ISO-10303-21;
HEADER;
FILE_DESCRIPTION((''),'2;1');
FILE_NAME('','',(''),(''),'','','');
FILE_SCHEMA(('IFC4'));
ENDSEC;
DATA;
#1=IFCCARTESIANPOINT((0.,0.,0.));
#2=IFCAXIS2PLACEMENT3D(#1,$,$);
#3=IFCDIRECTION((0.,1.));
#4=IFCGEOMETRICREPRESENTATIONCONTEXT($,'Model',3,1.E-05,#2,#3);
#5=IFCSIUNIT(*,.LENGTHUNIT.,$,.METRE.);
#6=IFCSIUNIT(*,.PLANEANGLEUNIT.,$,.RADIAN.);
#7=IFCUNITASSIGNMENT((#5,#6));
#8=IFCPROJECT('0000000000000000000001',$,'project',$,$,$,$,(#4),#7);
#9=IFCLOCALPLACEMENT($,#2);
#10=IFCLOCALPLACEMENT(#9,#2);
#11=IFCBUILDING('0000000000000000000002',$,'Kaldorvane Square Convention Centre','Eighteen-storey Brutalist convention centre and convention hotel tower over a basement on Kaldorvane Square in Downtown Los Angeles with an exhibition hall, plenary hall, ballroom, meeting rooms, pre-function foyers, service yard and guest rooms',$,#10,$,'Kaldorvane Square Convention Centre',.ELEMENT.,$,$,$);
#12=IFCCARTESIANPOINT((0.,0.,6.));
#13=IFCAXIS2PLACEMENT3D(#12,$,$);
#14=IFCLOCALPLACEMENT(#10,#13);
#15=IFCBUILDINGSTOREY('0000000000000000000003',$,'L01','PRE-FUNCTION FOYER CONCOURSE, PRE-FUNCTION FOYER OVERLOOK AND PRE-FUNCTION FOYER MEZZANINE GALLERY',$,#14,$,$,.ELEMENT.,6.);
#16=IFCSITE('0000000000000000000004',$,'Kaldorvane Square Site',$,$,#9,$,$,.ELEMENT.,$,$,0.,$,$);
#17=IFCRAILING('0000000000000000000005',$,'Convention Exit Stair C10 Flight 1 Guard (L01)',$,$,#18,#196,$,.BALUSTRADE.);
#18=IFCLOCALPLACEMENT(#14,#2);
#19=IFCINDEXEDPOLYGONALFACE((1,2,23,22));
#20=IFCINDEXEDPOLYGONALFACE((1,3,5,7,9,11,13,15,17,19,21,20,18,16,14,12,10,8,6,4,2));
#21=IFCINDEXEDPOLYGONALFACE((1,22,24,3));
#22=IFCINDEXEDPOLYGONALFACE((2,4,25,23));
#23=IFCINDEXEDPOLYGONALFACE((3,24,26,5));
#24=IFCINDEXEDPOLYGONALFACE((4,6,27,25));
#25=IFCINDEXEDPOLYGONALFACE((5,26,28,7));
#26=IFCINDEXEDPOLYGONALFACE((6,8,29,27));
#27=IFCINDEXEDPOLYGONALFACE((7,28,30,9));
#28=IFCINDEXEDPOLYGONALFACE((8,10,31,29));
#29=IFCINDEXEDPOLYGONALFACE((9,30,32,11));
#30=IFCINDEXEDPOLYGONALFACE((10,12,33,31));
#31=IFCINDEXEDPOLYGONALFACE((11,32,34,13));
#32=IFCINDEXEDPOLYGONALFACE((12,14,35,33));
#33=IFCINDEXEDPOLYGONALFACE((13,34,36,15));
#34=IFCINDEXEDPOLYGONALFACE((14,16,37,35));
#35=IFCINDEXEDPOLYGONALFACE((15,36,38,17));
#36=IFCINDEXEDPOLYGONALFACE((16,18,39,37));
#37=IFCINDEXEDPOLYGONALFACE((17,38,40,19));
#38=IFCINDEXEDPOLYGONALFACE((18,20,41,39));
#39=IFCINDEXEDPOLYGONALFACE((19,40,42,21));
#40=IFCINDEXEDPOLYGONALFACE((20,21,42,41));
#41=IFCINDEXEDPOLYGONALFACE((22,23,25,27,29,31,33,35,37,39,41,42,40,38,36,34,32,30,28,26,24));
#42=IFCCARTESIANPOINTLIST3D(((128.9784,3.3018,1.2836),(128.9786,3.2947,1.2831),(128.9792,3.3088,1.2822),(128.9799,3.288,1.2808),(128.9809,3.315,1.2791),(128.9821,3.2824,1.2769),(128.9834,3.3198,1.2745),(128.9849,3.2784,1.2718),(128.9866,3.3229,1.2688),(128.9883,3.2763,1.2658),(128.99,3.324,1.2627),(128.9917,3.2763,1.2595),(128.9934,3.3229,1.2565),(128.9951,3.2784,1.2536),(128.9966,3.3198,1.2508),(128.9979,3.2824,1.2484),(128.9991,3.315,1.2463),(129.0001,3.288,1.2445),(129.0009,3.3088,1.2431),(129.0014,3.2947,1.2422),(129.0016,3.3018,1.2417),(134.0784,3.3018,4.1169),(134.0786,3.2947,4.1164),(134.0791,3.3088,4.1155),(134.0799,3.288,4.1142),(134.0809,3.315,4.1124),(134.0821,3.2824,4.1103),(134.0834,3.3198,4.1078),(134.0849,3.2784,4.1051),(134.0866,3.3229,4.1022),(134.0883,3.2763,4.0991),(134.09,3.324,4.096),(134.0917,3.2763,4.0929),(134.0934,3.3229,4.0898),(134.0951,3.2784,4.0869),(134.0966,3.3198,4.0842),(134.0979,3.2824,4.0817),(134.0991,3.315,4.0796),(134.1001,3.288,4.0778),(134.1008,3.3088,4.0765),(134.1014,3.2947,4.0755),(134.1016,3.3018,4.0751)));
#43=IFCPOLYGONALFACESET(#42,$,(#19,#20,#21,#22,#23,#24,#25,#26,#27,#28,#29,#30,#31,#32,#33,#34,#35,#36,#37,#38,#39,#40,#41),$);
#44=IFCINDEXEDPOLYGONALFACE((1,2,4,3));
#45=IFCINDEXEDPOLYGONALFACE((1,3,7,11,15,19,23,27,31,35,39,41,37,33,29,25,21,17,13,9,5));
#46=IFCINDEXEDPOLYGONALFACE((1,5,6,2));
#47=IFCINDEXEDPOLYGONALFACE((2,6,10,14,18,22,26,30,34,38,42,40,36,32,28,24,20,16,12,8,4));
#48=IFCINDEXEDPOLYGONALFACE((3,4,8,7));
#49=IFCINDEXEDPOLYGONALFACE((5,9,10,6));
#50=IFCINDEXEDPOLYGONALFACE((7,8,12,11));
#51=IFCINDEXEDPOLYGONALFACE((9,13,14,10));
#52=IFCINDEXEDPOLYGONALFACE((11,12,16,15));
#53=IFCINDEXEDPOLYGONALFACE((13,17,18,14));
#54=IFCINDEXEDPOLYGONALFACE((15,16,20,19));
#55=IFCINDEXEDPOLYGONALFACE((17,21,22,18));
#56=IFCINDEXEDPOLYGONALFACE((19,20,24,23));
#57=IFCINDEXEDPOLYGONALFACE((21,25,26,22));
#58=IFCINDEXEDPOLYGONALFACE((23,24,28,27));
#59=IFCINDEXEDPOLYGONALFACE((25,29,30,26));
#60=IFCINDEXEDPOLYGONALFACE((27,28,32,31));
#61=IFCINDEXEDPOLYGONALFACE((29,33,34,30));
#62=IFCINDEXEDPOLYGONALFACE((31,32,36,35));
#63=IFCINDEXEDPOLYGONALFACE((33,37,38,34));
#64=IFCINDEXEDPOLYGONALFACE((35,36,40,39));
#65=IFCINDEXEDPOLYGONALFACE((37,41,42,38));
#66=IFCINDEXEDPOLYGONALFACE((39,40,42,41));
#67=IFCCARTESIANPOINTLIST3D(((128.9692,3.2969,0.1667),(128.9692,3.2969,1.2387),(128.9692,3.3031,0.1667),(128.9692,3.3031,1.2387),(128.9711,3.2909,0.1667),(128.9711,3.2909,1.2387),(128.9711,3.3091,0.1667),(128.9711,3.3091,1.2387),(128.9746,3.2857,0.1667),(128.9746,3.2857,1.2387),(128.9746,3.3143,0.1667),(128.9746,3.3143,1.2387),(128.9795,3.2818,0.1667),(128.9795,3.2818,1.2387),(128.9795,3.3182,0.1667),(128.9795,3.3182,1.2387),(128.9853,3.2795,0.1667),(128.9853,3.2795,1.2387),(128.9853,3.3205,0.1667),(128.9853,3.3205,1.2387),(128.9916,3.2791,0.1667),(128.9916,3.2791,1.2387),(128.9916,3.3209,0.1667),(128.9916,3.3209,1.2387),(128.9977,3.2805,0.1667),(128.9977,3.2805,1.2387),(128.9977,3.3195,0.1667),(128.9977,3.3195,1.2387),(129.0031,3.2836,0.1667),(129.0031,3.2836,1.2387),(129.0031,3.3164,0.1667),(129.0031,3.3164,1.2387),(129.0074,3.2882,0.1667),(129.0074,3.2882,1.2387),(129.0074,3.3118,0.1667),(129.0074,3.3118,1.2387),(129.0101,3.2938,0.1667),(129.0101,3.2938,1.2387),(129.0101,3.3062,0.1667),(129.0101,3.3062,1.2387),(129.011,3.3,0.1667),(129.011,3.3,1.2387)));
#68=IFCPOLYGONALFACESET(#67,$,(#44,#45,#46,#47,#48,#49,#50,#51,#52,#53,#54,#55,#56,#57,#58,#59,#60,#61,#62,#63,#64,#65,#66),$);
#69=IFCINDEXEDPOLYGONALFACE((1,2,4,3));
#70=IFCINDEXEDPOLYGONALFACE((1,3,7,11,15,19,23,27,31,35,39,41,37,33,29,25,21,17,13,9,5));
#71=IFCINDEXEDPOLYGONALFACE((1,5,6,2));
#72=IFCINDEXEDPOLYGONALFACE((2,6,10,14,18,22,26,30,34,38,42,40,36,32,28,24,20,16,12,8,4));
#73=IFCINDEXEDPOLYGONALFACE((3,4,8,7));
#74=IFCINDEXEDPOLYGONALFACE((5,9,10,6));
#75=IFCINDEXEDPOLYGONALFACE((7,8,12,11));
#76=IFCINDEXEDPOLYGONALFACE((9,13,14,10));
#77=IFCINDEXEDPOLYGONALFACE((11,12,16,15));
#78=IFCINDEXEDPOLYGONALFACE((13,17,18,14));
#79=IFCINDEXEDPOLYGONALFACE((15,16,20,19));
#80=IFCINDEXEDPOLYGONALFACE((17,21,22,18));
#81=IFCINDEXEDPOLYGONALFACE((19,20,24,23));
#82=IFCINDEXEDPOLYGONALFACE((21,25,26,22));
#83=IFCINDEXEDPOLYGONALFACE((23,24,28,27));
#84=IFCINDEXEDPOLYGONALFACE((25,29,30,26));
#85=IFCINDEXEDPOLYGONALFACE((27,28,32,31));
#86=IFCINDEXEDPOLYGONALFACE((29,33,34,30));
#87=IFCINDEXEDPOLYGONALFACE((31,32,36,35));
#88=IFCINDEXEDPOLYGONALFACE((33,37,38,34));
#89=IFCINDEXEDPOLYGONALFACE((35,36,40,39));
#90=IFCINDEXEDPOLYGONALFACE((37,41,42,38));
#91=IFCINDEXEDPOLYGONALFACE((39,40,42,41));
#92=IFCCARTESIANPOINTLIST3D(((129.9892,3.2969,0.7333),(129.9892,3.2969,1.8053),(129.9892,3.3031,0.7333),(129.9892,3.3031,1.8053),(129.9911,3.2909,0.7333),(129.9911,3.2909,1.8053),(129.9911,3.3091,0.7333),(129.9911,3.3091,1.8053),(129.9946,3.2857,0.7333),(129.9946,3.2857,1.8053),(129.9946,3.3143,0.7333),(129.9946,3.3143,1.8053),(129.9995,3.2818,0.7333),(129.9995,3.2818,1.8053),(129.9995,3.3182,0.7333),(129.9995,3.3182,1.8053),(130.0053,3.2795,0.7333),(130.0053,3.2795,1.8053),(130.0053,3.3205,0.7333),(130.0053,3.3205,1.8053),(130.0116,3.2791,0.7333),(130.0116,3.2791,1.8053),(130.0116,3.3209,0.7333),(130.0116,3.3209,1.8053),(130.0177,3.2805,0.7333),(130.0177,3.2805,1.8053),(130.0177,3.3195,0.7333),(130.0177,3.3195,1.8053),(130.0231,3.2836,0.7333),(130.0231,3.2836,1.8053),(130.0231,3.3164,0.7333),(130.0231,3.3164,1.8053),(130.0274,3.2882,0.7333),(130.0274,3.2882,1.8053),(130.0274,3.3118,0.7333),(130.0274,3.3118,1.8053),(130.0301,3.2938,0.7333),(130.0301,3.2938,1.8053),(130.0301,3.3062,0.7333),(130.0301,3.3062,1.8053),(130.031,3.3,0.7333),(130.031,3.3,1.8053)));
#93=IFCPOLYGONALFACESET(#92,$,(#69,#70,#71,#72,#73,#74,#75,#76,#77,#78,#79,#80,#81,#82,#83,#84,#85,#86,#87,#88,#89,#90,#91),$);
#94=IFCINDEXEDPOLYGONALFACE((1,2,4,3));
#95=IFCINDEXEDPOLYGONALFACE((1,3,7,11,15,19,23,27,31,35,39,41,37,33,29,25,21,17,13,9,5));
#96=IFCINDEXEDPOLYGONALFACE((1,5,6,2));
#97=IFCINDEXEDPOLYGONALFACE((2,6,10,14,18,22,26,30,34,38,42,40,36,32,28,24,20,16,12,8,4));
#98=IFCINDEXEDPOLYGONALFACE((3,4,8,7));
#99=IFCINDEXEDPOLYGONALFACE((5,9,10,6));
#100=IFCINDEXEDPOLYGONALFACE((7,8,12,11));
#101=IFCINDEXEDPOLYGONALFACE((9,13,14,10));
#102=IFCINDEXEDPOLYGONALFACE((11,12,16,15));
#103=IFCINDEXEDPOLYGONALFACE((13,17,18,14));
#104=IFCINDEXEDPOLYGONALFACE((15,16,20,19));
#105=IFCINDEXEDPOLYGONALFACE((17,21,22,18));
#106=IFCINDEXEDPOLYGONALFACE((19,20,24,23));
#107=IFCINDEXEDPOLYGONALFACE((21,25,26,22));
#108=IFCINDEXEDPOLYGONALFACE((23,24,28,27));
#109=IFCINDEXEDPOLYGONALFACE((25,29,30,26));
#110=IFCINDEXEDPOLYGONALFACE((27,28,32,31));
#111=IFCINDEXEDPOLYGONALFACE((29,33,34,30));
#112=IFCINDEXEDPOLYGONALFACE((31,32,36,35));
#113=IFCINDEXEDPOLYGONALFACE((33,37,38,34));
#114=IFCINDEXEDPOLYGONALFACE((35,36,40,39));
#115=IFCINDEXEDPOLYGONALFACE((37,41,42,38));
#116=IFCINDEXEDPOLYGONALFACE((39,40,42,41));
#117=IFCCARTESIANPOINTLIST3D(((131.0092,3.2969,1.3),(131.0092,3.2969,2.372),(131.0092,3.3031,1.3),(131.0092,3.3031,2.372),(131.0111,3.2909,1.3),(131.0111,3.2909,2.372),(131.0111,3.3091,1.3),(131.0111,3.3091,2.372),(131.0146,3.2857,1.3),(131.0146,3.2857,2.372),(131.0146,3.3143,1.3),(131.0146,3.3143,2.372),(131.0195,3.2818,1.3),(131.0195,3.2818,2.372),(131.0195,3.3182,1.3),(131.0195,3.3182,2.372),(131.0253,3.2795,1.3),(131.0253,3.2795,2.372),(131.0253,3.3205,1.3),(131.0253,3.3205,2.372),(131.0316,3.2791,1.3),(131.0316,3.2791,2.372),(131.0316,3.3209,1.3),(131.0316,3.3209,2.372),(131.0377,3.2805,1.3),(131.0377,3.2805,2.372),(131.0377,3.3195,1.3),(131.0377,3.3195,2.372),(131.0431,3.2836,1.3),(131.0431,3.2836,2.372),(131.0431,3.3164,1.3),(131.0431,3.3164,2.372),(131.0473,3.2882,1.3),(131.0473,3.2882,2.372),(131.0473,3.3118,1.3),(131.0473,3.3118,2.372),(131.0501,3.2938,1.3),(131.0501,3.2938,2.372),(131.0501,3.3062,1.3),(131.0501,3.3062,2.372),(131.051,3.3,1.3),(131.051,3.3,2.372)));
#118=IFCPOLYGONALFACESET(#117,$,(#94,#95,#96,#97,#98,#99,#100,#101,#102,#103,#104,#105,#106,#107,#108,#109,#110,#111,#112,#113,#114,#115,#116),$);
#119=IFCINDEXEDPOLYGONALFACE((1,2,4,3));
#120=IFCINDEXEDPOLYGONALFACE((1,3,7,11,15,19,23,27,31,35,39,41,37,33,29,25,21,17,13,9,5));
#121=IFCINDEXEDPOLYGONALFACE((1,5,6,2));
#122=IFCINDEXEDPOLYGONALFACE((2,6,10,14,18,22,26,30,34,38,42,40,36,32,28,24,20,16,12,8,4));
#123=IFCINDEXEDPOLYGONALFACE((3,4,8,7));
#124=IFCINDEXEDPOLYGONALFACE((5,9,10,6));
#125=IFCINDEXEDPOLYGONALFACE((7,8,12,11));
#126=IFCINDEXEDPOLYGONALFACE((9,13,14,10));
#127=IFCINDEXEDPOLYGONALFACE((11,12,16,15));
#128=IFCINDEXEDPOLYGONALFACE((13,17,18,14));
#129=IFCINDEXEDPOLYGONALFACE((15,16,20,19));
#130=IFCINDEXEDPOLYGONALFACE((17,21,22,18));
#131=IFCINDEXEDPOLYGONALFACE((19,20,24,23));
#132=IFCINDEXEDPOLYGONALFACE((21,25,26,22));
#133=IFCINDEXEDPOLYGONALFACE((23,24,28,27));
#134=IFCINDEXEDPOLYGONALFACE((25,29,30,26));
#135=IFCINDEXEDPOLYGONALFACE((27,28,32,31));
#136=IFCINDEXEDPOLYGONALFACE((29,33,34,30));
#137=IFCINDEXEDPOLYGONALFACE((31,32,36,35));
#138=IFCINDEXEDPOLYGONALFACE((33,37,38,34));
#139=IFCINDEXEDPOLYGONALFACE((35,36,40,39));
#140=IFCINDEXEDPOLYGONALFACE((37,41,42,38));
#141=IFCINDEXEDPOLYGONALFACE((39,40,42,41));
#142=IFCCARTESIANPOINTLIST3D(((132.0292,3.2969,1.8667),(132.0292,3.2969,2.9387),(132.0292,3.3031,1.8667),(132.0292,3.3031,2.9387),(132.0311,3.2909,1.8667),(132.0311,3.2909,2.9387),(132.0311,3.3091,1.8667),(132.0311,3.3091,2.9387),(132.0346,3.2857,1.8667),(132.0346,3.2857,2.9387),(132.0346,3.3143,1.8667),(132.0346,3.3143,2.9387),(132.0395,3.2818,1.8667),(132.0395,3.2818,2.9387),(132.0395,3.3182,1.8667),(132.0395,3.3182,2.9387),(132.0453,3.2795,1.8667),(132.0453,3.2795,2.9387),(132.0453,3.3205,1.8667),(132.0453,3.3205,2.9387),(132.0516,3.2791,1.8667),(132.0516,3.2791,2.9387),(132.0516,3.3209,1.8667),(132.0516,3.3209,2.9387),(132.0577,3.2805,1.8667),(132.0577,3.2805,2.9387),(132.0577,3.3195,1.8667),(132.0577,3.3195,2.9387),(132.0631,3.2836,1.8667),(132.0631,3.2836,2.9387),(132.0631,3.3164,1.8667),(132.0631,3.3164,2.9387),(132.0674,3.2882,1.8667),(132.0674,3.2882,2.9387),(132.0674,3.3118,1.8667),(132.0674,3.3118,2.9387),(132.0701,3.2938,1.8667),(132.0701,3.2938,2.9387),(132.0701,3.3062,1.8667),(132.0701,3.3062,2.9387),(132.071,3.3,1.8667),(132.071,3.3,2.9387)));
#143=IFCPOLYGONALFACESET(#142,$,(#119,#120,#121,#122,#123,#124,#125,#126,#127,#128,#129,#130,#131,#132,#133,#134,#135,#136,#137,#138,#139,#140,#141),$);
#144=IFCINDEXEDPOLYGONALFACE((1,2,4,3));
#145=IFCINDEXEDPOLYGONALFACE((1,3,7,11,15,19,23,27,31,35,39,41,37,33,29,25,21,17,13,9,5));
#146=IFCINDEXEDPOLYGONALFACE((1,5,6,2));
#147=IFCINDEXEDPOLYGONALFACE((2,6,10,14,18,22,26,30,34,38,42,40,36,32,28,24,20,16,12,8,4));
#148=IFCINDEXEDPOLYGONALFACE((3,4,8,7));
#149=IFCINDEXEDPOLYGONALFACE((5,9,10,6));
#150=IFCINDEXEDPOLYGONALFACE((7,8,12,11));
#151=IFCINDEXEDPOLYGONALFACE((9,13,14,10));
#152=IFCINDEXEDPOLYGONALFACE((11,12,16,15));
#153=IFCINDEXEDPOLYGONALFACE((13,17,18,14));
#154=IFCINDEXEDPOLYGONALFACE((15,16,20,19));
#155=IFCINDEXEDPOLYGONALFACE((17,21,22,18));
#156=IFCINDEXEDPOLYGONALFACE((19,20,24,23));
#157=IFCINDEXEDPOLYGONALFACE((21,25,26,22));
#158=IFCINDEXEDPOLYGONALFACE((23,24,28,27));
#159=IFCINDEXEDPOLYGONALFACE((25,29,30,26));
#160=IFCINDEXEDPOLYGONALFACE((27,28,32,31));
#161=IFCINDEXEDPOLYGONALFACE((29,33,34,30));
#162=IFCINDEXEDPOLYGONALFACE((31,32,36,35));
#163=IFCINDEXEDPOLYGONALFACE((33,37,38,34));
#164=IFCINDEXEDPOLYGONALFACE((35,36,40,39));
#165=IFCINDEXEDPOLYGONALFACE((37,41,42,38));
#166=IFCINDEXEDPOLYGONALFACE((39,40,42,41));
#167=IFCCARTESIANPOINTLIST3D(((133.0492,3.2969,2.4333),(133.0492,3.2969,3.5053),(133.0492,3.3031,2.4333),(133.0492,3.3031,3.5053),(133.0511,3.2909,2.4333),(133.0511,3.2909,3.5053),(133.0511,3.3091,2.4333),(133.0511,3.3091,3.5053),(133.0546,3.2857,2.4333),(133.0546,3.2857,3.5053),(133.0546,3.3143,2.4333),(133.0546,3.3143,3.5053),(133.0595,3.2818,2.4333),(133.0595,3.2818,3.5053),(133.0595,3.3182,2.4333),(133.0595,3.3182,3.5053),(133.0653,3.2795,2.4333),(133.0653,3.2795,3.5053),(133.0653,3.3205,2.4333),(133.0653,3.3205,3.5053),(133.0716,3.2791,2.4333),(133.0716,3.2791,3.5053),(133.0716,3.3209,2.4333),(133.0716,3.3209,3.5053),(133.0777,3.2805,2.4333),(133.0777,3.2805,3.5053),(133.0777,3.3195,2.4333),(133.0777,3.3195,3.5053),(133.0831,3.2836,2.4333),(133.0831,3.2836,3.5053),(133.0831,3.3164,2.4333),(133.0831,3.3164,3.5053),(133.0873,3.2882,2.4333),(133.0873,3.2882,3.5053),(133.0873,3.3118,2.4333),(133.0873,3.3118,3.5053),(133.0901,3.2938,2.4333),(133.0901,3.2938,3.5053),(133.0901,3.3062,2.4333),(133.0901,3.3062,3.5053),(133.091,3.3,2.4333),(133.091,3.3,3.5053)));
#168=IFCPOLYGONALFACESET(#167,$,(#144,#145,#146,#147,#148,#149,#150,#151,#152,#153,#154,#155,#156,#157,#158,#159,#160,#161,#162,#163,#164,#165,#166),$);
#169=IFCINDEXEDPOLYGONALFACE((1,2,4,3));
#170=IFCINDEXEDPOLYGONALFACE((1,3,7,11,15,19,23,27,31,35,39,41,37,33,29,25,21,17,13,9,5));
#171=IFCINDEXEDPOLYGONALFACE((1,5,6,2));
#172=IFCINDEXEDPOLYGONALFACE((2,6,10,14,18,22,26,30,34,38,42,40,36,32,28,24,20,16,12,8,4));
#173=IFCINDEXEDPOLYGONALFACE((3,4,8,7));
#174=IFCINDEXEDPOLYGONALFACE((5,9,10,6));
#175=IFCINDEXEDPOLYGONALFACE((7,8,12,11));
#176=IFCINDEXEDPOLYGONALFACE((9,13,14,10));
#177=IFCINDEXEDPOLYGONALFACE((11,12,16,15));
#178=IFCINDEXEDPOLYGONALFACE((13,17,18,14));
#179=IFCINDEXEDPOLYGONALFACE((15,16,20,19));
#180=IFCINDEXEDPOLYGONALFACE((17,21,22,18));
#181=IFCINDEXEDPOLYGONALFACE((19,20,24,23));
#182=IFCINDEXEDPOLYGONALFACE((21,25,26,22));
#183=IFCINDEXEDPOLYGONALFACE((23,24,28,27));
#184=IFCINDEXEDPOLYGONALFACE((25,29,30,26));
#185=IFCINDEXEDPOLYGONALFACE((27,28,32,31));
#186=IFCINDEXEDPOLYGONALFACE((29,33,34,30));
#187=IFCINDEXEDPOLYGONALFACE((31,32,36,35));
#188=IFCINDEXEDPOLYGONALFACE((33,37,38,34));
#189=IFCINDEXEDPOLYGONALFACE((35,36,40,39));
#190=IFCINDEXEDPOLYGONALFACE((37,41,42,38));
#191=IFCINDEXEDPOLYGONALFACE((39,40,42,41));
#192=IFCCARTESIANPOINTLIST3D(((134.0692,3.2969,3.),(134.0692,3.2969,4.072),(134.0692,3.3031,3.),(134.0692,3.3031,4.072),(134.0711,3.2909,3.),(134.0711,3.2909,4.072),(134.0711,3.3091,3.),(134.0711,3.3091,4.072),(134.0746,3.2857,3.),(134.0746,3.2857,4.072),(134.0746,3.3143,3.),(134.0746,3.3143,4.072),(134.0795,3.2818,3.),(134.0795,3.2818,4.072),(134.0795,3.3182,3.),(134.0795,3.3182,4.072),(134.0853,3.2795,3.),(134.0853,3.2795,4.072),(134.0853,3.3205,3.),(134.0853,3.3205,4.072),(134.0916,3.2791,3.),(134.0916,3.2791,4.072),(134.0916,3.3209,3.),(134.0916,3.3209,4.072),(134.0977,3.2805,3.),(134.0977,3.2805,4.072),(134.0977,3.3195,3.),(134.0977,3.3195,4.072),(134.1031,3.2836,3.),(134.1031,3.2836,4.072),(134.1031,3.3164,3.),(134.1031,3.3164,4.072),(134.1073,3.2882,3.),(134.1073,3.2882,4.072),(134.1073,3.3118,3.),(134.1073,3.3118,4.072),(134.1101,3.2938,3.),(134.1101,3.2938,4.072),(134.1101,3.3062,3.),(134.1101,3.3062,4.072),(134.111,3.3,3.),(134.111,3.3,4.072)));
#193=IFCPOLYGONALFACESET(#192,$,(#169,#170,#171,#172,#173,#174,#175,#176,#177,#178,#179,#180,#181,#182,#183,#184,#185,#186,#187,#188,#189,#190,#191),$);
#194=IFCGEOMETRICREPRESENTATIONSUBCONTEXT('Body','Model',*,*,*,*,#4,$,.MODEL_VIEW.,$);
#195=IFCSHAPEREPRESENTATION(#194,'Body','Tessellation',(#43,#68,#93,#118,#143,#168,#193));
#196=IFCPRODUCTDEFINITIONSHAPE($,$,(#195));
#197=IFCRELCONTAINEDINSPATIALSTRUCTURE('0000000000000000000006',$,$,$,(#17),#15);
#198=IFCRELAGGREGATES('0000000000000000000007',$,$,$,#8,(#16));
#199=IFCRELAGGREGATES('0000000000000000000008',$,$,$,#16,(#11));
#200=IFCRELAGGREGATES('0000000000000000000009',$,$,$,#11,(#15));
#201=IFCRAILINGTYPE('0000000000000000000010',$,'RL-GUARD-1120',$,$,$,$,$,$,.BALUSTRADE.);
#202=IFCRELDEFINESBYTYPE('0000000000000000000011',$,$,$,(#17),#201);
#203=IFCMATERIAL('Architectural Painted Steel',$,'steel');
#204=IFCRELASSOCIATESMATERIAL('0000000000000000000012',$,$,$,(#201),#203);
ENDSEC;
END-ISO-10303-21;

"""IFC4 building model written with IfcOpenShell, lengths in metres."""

from ifc_helpers import new_model, si_unit, direction, frame, origin, origin_2d, place, context, subcontext, project, spatial, circle, extrude, material, type_object, element, save


model = new_model("IFC4")

# Units and contexts
model_context = context("Model", 3, precision=1e-05, world=origin(), true_north=direction((0.0, 1.0)))
body_context = subcontext(model_context, "Body", "Model", "MODEL_VIEW")
ifc_project = project(units=[si_unit("LENGTHUNIT", "METRE"), si_unit("PLANEANGLEUNIT", "RADIAN")], contexts=[model_context])

# Site, building, storey
site_placement = place(None, origin())
site = spatial("IfcSite", under=ifc_project, at=site_placement, Name="Kaldorvane Square Site", CompositionType="ELEMENT", RefElevation=0.0)
building_placement = place(site_placement, origin())
building = spatial("IfcBuilding", under=site, at=building_placement, Name="Kaldorvane Square Convention Centre", Description="Eighteen-storey Brutalist convention centre and convention hotel tower over a basement on Kaldorvane Square in Downtown Los Angeles with an exhibition hall, plenary hall, ballroom, meeting rooms, pre-function foyers, service yard and guest rooms", LongName="Kaldorvane Square Convention Centre", CompositionType="ELEMENT")
storey_placement = place(building_placement, frame((0.0, 0.0, 6.0)))
storey = spatial("IfcBuildingStorey", under=building, at=storey_placement, Name="L01", Description="PRE-FUNCTION FOYER CONCOURSE, PRE-FUNCTION FOYER OVERLOOK AND PRE-FUNCTION FOYER MEZZANINE GALLERY", CompositionType="ELEMENT", Elevation=6.0)

# Railing
ifc_material_1 = material(Name="Architectural Painted Steel", Category="steel")
railing_type_1 = type_object("IfcRailingType", Name="RL-GUARD-1120", PredefinedType="BALUSTRADE", material=ifc_material_1)
railing_1_placement = place(storey_placement, frame((128.99, 3.3, 0.1667)))
element("IfcRailing", 1, at=railing_1_placement, inside=storey, type_object=railing_type_1, Name="Convention Exit Stair C10 Flight 1 Guard (L01)", PredefinedType="BALUSTRADE", context=body_context, shape_type="SweptSolid", body=[
    extrude(circle(Radius=0.024, at=origin_2d()), frame((0.0, 0.0, 1.096), z_axis=(0.874157, 0.0, 0.485643), x_axis=(0.0, 1.0, 0.0)), (0.0, 0.0, 1.0), 5.8342),
    extrude(circle(Radius=0.021, at=origin_2d()), origin(), (0.0, 0.0, 1.0), 1.072),
    extrude(circle(Radius=0.021, at=origin_2d()), frame((1.02, 0.0, 0.5667)), (0.0, 0.0, 1.0), 1.072),
    extrude(circle(Radius=0.021, at=origin_2d()), frame((2.04, 0.0, 1.1333)), (0.0, 0.0, 1.0), 1.072),
    extrude(circle(Radius=0.021, at=origin_2d()), frame((3.06, 0.0, 1.7)), (0.0, 0.0, 1.0), 1.072),
    extrude(circle(Radius=0.021, at=origin_2d()), frame((4.08, 0.0, 2.2667)), (0.0, 0.0, 1.0), 1.072),
    extrude(circle(Radius=0.021, at=origin_2d()), frame((5.1, 0.0, 2.8333)), (0.0, 0.0, 1.0), 1.072),
])

save(model, "model.ifc")
